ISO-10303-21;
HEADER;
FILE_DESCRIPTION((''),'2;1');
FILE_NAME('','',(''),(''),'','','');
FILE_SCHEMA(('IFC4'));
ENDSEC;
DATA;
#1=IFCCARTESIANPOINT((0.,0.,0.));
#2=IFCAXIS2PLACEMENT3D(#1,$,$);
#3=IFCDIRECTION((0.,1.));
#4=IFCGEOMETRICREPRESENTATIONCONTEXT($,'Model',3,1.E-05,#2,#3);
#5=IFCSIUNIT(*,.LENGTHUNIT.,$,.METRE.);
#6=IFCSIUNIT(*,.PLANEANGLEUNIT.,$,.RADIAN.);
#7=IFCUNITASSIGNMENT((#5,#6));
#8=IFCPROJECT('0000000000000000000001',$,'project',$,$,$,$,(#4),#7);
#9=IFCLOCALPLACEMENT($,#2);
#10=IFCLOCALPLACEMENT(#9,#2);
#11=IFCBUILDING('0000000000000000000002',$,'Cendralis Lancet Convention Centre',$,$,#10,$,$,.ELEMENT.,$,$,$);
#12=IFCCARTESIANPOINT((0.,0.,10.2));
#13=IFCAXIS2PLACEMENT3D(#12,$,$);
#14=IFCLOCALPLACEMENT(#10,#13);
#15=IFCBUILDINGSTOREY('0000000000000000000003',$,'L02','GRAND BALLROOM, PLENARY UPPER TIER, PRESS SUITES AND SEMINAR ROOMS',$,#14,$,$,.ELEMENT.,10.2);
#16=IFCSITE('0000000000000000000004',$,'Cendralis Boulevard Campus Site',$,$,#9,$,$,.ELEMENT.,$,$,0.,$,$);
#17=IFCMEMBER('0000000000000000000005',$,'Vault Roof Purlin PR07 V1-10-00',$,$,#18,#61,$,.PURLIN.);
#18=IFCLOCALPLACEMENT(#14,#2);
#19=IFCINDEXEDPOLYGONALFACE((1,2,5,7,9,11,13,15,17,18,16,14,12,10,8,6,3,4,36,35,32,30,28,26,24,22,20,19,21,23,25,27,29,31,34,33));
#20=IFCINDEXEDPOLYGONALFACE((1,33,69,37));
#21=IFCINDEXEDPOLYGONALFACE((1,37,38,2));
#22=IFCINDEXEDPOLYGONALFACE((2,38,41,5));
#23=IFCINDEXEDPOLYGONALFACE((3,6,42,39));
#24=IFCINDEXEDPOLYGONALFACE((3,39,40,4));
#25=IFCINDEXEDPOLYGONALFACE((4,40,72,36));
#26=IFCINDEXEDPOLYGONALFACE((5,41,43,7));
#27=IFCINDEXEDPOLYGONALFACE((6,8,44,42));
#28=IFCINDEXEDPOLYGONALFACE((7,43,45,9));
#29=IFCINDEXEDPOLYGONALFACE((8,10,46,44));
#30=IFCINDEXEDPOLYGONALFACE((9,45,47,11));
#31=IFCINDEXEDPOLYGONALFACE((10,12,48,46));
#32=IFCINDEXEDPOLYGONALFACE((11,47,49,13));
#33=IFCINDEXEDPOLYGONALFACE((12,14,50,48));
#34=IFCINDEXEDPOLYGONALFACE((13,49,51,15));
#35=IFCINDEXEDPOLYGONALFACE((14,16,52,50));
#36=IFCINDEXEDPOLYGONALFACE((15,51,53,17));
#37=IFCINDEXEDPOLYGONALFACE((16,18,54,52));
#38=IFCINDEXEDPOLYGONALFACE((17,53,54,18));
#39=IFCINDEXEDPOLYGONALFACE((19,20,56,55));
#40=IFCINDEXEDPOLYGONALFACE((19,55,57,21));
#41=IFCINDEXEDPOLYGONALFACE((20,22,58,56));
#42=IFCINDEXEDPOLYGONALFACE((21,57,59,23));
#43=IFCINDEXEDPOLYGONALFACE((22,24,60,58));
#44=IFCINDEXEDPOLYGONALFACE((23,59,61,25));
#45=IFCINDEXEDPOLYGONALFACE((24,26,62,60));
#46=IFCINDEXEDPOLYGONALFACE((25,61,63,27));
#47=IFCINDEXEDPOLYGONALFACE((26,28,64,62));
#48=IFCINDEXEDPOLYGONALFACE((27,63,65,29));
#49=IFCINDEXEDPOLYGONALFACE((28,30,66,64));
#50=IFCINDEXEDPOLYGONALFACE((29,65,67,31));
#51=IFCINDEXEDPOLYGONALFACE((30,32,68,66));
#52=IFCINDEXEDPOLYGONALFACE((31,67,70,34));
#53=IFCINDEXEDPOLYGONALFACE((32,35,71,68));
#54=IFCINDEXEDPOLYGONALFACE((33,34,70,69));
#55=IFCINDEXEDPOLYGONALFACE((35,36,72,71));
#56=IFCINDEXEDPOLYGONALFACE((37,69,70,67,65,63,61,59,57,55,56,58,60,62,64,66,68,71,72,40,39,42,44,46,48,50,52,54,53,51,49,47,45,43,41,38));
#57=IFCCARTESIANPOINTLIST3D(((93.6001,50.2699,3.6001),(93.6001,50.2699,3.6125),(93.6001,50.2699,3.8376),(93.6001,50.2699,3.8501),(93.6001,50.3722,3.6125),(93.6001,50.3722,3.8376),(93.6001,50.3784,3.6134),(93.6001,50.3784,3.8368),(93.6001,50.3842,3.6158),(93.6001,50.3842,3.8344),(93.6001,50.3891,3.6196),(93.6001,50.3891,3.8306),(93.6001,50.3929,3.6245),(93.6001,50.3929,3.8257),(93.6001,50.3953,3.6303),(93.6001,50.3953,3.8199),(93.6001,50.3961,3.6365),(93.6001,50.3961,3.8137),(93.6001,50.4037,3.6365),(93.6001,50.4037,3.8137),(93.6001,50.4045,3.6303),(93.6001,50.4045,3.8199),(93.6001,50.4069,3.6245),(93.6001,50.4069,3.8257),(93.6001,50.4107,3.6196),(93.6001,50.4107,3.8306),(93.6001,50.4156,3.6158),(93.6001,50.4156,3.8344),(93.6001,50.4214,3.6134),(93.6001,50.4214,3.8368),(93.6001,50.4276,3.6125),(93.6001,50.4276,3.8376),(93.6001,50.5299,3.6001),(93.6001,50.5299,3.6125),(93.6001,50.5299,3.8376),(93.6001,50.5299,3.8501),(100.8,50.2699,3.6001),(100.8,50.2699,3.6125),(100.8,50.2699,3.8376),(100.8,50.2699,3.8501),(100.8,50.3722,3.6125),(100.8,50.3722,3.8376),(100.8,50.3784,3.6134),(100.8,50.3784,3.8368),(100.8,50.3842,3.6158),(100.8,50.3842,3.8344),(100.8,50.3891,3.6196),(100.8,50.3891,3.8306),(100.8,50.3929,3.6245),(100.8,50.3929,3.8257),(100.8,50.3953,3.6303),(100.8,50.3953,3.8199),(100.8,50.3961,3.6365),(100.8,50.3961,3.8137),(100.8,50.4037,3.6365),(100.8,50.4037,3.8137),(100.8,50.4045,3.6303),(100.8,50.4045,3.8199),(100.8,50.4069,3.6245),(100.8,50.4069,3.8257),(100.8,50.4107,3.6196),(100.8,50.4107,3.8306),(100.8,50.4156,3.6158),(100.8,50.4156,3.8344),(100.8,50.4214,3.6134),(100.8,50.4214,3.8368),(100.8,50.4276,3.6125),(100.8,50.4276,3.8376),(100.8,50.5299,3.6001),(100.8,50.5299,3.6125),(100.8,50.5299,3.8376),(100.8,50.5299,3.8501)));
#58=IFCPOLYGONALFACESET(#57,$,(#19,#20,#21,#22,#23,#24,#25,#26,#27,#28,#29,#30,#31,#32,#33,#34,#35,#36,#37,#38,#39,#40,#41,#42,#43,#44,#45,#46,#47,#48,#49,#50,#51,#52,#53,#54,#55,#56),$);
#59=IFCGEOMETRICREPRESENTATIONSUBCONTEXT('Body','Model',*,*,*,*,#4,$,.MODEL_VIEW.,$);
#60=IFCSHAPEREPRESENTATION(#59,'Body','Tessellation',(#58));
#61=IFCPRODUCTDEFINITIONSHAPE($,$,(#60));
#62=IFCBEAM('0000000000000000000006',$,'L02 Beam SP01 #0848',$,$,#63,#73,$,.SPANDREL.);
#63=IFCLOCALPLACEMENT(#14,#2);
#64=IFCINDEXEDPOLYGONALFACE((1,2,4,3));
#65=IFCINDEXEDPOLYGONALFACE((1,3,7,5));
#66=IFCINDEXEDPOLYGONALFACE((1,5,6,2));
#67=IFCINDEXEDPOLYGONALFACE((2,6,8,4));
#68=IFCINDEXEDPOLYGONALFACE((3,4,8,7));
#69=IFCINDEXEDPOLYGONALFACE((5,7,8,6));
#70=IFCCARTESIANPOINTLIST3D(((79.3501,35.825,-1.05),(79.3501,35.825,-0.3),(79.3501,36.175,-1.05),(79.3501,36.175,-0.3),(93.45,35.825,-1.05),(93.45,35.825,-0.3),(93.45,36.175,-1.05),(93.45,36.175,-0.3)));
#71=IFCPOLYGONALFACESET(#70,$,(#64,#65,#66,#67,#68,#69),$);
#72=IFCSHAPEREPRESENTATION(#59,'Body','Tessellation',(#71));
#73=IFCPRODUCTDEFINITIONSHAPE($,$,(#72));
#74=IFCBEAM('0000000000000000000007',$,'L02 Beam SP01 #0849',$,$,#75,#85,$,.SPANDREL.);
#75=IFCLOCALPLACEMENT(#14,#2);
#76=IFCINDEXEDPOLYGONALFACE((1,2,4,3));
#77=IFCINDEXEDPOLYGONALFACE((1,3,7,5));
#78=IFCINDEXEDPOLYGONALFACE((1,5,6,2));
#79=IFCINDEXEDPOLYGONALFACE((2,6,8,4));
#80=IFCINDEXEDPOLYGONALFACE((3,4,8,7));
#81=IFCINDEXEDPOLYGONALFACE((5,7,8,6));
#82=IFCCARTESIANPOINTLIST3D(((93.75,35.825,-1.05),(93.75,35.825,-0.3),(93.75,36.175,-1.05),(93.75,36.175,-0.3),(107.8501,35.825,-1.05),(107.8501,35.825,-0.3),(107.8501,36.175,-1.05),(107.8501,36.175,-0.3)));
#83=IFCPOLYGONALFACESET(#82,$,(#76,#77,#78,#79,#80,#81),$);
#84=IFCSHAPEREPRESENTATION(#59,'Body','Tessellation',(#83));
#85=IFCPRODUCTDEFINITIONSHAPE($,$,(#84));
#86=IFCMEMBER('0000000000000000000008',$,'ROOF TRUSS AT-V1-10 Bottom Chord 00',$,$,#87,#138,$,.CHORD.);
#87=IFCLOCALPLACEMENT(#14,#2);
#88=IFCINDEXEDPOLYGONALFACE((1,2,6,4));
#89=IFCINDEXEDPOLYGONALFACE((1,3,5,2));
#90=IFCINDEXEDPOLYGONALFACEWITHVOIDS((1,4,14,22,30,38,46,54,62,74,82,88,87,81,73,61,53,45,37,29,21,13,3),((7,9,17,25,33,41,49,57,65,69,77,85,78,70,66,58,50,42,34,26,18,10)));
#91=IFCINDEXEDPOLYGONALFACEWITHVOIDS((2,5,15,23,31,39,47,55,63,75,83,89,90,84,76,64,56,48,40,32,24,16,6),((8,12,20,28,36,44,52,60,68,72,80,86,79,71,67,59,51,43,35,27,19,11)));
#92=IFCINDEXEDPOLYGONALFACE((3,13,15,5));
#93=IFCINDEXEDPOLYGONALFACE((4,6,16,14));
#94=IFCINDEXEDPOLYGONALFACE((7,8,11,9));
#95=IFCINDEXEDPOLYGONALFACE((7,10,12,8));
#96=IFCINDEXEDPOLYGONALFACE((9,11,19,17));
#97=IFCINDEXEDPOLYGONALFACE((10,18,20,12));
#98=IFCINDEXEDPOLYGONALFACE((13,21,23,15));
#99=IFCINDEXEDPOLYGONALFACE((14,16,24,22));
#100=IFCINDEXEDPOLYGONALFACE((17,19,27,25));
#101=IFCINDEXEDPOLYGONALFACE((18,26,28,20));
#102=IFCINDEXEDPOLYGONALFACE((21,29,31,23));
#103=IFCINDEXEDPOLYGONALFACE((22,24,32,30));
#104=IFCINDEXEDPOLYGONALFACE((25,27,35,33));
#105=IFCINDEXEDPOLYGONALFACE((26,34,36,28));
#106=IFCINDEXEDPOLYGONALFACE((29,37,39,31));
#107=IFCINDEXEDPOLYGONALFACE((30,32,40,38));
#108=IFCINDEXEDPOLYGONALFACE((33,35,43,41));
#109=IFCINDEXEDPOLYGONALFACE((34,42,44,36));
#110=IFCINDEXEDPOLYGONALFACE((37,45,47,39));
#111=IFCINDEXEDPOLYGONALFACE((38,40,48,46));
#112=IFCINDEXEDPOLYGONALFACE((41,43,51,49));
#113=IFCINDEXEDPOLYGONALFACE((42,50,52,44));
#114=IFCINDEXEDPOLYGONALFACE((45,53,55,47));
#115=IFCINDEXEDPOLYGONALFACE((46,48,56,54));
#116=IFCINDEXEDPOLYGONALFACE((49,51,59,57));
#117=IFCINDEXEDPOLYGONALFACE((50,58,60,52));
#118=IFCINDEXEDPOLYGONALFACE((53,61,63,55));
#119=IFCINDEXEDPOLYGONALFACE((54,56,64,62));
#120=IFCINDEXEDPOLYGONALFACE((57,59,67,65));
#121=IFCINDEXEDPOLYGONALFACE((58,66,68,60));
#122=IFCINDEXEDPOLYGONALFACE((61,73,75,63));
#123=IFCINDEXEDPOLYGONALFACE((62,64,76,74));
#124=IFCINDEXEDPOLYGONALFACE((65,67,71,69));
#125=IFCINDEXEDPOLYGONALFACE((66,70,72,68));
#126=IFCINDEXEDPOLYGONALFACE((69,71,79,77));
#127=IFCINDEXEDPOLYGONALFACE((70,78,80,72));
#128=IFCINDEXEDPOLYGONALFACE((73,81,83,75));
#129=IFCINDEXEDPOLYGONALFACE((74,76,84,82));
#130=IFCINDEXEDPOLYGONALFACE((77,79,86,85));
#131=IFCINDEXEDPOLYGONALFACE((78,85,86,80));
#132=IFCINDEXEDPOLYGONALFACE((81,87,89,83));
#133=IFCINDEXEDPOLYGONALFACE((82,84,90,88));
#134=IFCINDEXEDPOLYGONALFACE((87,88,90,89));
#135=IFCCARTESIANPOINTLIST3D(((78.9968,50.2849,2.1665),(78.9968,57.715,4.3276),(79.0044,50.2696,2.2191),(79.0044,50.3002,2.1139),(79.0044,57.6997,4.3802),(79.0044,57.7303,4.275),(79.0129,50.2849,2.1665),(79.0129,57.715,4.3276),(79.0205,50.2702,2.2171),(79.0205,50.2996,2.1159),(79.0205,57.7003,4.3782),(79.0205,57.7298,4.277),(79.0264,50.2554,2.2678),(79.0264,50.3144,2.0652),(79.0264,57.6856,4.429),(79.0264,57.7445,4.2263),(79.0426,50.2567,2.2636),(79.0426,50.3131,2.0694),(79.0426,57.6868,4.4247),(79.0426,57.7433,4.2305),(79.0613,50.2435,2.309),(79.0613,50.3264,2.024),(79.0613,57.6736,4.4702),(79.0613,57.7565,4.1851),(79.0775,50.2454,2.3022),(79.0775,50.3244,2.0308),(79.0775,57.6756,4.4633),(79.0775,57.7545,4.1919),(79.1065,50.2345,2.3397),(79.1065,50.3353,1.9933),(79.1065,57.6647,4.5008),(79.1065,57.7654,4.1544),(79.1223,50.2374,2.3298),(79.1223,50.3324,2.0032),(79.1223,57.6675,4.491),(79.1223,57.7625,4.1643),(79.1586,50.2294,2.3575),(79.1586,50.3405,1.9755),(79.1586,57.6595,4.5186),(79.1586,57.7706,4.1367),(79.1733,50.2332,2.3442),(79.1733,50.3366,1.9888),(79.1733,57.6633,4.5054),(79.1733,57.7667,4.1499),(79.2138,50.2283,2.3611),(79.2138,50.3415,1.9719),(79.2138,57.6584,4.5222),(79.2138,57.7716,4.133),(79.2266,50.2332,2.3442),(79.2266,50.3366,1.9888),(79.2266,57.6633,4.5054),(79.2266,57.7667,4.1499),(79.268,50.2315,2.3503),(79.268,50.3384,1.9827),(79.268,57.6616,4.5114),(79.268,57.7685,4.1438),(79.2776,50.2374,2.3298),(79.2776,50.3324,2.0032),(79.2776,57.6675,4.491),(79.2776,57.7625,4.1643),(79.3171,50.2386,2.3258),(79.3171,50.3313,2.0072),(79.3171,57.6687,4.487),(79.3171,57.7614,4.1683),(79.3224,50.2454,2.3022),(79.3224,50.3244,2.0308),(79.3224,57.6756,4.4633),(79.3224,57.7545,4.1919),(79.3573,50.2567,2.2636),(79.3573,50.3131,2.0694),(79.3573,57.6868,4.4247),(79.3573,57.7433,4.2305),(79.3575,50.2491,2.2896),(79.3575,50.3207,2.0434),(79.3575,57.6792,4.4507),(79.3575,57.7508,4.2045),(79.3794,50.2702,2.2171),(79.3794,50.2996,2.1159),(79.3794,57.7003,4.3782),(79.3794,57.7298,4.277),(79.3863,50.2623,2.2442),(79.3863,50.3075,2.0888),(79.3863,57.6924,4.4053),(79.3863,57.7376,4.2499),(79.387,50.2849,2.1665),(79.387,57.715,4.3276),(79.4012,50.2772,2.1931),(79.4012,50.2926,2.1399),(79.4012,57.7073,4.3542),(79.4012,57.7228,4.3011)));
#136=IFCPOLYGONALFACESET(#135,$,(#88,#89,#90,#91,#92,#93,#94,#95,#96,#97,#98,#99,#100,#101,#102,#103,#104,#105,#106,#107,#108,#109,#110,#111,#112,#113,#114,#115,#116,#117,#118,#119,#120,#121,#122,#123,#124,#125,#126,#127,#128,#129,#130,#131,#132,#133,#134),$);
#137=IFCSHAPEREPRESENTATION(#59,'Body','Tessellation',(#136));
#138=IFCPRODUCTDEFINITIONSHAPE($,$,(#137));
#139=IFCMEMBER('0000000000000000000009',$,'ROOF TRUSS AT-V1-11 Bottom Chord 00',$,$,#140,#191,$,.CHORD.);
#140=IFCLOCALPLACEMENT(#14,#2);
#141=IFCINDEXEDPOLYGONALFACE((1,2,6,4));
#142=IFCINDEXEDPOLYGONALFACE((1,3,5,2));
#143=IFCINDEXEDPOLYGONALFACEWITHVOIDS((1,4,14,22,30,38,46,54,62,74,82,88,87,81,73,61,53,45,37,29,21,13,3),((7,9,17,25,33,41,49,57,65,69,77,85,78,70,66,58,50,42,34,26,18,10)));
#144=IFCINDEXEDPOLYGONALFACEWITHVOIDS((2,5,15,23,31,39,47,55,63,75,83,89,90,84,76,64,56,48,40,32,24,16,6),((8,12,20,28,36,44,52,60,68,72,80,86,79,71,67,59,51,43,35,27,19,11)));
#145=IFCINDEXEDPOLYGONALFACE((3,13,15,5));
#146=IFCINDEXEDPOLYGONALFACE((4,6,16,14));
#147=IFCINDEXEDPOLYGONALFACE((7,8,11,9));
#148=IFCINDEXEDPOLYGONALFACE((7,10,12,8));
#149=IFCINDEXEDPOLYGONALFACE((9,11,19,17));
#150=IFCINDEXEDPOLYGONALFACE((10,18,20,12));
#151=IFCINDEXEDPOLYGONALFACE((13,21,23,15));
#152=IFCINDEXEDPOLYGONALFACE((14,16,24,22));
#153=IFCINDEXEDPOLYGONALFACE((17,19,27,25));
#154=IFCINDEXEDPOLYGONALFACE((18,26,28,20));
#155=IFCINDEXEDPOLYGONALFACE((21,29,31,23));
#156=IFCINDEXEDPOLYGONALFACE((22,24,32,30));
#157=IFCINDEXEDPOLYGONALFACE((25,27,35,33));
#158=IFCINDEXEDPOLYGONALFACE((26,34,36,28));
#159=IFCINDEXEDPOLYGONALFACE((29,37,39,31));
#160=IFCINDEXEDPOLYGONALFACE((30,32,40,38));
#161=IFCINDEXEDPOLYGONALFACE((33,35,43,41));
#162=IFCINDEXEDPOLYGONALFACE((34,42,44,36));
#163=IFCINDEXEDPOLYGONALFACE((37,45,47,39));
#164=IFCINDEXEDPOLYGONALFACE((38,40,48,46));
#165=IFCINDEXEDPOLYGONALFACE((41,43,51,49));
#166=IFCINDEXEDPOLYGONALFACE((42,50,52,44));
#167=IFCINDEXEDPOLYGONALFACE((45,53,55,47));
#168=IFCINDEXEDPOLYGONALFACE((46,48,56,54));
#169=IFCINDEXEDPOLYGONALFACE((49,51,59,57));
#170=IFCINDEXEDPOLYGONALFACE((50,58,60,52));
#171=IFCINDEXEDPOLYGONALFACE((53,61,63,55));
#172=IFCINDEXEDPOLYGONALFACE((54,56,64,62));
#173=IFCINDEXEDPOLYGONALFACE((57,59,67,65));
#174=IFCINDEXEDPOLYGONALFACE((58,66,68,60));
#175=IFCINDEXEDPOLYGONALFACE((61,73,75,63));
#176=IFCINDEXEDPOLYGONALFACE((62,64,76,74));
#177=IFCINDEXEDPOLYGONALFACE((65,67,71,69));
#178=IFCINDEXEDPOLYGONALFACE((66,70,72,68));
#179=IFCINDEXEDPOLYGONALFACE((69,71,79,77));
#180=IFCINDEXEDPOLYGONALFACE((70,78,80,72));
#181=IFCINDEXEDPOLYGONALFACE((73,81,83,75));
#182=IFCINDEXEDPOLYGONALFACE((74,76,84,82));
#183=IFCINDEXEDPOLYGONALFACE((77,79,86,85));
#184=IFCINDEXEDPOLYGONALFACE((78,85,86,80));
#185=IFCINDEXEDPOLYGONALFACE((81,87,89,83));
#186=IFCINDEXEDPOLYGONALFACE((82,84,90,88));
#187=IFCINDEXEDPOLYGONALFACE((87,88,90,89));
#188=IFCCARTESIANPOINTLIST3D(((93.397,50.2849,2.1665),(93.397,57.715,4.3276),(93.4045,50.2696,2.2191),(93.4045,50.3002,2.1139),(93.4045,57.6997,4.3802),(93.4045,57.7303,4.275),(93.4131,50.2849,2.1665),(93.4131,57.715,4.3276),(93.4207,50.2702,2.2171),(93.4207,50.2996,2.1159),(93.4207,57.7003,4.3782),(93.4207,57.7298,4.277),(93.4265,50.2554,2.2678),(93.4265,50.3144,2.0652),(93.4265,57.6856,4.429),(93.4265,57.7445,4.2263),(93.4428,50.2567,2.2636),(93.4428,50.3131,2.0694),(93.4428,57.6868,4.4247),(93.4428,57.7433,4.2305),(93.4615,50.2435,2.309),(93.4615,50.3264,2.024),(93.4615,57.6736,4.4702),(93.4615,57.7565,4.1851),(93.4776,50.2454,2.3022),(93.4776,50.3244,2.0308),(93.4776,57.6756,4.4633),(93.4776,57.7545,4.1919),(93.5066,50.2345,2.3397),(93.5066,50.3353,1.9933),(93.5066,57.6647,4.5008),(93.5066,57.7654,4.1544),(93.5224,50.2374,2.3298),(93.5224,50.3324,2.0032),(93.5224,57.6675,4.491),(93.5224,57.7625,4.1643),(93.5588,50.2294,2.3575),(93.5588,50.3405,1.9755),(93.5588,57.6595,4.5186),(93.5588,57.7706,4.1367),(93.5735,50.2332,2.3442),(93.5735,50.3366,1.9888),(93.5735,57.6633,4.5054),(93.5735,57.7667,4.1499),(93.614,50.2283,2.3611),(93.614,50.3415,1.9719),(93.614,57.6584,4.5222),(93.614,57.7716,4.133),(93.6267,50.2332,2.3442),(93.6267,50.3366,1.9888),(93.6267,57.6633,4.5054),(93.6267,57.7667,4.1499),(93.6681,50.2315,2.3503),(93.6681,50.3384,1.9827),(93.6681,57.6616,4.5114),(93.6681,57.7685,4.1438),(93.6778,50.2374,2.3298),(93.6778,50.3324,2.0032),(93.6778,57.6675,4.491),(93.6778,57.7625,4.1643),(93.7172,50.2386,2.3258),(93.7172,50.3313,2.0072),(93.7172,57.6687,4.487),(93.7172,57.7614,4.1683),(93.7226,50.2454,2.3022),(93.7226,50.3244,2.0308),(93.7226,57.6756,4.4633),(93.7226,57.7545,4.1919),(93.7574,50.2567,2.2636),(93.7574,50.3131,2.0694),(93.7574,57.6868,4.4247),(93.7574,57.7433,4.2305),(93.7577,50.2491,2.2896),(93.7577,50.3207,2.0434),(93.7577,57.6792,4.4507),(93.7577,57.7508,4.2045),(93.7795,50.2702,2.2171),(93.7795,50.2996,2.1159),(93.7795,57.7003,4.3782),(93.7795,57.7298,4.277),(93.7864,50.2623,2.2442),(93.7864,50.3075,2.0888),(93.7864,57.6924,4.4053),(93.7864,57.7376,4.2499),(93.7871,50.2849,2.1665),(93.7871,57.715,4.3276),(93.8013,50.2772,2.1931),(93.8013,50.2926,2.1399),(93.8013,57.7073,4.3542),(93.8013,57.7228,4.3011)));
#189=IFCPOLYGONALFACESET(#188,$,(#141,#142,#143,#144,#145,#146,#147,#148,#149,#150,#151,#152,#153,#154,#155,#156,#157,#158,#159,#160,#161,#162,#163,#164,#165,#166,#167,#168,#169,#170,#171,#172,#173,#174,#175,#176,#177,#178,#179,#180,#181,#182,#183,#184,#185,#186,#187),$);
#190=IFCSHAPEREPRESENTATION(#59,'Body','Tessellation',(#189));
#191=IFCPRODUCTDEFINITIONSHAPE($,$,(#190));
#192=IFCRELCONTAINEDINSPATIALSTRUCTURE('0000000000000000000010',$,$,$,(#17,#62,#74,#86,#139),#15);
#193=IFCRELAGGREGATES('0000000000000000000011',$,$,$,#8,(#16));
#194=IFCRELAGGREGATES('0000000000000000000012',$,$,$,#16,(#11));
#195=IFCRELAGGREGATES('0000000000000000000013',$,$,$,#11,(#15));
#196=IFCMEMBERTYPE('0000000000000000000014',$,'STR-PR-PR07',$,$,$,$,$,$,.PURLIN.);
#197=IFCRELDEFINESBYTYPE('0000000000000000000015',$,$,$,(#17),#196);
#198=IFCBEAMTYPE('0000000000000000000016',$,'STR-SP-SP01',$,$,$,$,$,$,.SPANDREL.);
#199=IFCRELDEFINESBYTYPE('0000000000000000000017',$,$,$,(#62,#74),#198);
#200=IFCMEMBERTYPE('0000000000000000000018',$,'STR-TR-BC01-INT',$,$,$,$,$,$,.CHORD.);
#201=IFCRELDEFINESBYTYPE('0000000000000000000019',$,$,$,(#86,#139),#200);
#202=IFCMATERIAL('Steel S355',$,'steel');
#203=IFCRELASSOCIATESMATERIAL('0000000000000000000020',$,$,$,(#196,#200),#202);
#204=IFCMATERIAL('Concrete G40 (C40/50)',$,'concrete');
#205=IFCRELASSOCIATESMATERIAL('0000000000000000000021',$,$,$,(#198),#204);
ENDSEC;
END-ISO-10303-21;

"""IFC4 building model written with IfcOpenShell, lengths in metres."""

from ifc_helpers import new_model, si_unit, direction, frame, origin, origin_2d, place, context, subcontext, project, spatial, rectangle, hollow_circle, i_section, extrude, material, material_profile, profile_set, type_object, element, save


model = new_model("IFC4")

# Units and contexts
model_context = context("Model", 3, precision=1e-05, world=origin(), true_north=direction((0.0, 1.0)))
body_context = subcontext(model_context, "Body", "Model", "MODEL_VIEW")
ifc_project = project(units=[si_unit("LENGTHUNIT", "METRE"), si_unit("PLANEANGLEUNIT", "RADIAN")], contexts=[model_context])

# Site, building, storey
site_placement = place(None, origin())
site = spatial("IfcSite", under=ifc_project, at=site_placement, Name="Cendralis Boulevard Campus Site", CompositionType="ELEMENT", RefElevation=0.0)
building_placement = place(site_placement, origin())
building = spatial("IfcBuilding", under=site, at=building_placement, Name="Cendralis Lancet Convention Centre", CompositionType="ELEMENT")
storey_placement = place(building_placement, frame((0.0, 0.0, 10.2)))
storey = spatial("IfcBuildingStorey", under=building, at=storey_placement, Name="L02", Description="GRAND BALLROOM, PLENARY UPPER TIER, PRESS SUITES AND SEMINAR ROOMS", CompositionType="ELEMENT", Elevation=10.2)

# Shared definitions
ifc_material_1 = material(Name="Steel S355", Category="steel")

# Shared definitions
ifc_material_2 = material(Name="Concrete G40 (C40/50)", Category="concrete")

# Member
ifc_material_profile_1 = material_profile(ifc_material_1, i_section(OverallWidth=0.26, OverallDepth=0.25, WebThickness=0.0076, FlangeThickness=0.0125, FilletRadius=0.0239, at=origin_2d()), Name="HEA 260")
ifc_profile_set_1 = profile_set([ifc_material_profile_1], Name="Steel S355")
member_type_1 = type_object("IfcMemberType", Name="STR-PR-PR07", PredefinedType="PURLIN", material=ifc_profile_set_1)
member_1_placement = place(storey_placement, frame((93.6001, 50.3999, 3.7251), z_axis=(1.0, 0.0, 0.0), x_axis=(0.0, 1.0, 0.0)))
element("IfcMember", 1, at=member_1_placement, inside=storey, type_object=member_type_1, Name="Vault Roof Purlin PR07 V1-10-00", PredefinedType="PURLIN", context=body_context, shape_type="SweptSolid", body=[
    extrude(i_section(OverallWidth=0.26, OverallDepth=0.25, WebThickness=0.0076, FlangeThickness=0.0125, FilletRadius=0.0239, at=origin_2d()), origin(), (0.0, 0.0, 1.0), 7.2),
])

# Beams
ifc_material_profile_2 = material_profile(ifc_material_2, rectangle(XDim=0.3501, YDim=0.75, at=origin_2d()), Name="RCB 350x750")
ifc_profile_set_2 = profile_set([ifc_material_profile_2], Name="Concrete G40 (C40/50)")
beam_type_1 = type_object("IfcBeamType", Name="STR-SP-SP01", PredefinedType="SPANDREL", material=ifc_profile_set_2)
beam_1_placement = place(storey_placement, frame((79.3501, 36.0, -0.675), z_axis=(1.0, 0.0, 0.0), x_axis=(0.0, 1.0, 0.0)))
element("IfcBeam", 2, at=beam_1_placement, inside=storey, type_object=beam_type_1, Name="L02 Beam SP01 #0848", PredefinedType="SPANDREL", context=body_context, shape_type="SweptSolid", body=[
    extrude(rectangle(XDim=0.3501, YDim=0.75, at=origin_2d()), origin(), (0.0, 0.0, 1.0), 14.0999),
])
beam_2_placement = place(storey_placement, frame((93.75, 36.0, -0.675), z_axis=(1.0, 0.0, 0.0), x_axis=(0.0, 1.0, 0.0)))
element("IfcBeam", 3, at=beam_2_placement, inside=storey, type_object=beam_type_1, Name="L02 Beam SP01 #0849", PredefinedType="SPANDREL", context=body_context, shape_type="SweptSolid", body=[
    extrude(rectangle(XDim=0.3501, YDim=0.75, at=origin_2d()), origin(), (0.0, 0.0, 1.0), 14.1001),
])

# Members
ifc_material_profile_3 = material_profile(ifc_material_1, hollow_circle(Radius=0.2031, WallThickness=0.0161, at=origin_2d()), Name="CHS 406.4x16.0")
ifc_profile_set_3 = profile_set([ifc_material_profile_3], Name="Steel S355")
member_type_2 = type_object("IfcMemberType", Name="STR-TR-BC01-INT", PredefinedType="CHORD", material=ifc_profile_set_3)
for number, where, z_axis, x_axis, name in (
    (4, (79.2, 50.2849, 2.1665), (0.0, 0.960208, 0.279285), (-1.0, 0.0, 0.0), "ROOF TRUSS AT-V1-10 Bottom Chord 00"),
    (5, (93.6001, 50.2849, 2.1665), (0.0, 0.960208, 0.279285), (-1.0, 0.0, 0.0), "ROOF TRUSS AT-V1-11 Bottom Chord 00"),
):
    element("IfcMember", number, at=place(storey_placement, frame(where, z_axis=z_axis, x_axis=x_axis)), inside=storey, type_object=member_type_2, Name=name, PredefinedType="CHORD", context=body_context, shape_type="SweptSolid", body=[
        extrude(hollow_circle(Radius=0.2031, WallThickness=0.0161, at=origin_2d()), origin(), (0.0, 0.0, 1.0), 7.738),
    ])

save(model, "model.ifc")
